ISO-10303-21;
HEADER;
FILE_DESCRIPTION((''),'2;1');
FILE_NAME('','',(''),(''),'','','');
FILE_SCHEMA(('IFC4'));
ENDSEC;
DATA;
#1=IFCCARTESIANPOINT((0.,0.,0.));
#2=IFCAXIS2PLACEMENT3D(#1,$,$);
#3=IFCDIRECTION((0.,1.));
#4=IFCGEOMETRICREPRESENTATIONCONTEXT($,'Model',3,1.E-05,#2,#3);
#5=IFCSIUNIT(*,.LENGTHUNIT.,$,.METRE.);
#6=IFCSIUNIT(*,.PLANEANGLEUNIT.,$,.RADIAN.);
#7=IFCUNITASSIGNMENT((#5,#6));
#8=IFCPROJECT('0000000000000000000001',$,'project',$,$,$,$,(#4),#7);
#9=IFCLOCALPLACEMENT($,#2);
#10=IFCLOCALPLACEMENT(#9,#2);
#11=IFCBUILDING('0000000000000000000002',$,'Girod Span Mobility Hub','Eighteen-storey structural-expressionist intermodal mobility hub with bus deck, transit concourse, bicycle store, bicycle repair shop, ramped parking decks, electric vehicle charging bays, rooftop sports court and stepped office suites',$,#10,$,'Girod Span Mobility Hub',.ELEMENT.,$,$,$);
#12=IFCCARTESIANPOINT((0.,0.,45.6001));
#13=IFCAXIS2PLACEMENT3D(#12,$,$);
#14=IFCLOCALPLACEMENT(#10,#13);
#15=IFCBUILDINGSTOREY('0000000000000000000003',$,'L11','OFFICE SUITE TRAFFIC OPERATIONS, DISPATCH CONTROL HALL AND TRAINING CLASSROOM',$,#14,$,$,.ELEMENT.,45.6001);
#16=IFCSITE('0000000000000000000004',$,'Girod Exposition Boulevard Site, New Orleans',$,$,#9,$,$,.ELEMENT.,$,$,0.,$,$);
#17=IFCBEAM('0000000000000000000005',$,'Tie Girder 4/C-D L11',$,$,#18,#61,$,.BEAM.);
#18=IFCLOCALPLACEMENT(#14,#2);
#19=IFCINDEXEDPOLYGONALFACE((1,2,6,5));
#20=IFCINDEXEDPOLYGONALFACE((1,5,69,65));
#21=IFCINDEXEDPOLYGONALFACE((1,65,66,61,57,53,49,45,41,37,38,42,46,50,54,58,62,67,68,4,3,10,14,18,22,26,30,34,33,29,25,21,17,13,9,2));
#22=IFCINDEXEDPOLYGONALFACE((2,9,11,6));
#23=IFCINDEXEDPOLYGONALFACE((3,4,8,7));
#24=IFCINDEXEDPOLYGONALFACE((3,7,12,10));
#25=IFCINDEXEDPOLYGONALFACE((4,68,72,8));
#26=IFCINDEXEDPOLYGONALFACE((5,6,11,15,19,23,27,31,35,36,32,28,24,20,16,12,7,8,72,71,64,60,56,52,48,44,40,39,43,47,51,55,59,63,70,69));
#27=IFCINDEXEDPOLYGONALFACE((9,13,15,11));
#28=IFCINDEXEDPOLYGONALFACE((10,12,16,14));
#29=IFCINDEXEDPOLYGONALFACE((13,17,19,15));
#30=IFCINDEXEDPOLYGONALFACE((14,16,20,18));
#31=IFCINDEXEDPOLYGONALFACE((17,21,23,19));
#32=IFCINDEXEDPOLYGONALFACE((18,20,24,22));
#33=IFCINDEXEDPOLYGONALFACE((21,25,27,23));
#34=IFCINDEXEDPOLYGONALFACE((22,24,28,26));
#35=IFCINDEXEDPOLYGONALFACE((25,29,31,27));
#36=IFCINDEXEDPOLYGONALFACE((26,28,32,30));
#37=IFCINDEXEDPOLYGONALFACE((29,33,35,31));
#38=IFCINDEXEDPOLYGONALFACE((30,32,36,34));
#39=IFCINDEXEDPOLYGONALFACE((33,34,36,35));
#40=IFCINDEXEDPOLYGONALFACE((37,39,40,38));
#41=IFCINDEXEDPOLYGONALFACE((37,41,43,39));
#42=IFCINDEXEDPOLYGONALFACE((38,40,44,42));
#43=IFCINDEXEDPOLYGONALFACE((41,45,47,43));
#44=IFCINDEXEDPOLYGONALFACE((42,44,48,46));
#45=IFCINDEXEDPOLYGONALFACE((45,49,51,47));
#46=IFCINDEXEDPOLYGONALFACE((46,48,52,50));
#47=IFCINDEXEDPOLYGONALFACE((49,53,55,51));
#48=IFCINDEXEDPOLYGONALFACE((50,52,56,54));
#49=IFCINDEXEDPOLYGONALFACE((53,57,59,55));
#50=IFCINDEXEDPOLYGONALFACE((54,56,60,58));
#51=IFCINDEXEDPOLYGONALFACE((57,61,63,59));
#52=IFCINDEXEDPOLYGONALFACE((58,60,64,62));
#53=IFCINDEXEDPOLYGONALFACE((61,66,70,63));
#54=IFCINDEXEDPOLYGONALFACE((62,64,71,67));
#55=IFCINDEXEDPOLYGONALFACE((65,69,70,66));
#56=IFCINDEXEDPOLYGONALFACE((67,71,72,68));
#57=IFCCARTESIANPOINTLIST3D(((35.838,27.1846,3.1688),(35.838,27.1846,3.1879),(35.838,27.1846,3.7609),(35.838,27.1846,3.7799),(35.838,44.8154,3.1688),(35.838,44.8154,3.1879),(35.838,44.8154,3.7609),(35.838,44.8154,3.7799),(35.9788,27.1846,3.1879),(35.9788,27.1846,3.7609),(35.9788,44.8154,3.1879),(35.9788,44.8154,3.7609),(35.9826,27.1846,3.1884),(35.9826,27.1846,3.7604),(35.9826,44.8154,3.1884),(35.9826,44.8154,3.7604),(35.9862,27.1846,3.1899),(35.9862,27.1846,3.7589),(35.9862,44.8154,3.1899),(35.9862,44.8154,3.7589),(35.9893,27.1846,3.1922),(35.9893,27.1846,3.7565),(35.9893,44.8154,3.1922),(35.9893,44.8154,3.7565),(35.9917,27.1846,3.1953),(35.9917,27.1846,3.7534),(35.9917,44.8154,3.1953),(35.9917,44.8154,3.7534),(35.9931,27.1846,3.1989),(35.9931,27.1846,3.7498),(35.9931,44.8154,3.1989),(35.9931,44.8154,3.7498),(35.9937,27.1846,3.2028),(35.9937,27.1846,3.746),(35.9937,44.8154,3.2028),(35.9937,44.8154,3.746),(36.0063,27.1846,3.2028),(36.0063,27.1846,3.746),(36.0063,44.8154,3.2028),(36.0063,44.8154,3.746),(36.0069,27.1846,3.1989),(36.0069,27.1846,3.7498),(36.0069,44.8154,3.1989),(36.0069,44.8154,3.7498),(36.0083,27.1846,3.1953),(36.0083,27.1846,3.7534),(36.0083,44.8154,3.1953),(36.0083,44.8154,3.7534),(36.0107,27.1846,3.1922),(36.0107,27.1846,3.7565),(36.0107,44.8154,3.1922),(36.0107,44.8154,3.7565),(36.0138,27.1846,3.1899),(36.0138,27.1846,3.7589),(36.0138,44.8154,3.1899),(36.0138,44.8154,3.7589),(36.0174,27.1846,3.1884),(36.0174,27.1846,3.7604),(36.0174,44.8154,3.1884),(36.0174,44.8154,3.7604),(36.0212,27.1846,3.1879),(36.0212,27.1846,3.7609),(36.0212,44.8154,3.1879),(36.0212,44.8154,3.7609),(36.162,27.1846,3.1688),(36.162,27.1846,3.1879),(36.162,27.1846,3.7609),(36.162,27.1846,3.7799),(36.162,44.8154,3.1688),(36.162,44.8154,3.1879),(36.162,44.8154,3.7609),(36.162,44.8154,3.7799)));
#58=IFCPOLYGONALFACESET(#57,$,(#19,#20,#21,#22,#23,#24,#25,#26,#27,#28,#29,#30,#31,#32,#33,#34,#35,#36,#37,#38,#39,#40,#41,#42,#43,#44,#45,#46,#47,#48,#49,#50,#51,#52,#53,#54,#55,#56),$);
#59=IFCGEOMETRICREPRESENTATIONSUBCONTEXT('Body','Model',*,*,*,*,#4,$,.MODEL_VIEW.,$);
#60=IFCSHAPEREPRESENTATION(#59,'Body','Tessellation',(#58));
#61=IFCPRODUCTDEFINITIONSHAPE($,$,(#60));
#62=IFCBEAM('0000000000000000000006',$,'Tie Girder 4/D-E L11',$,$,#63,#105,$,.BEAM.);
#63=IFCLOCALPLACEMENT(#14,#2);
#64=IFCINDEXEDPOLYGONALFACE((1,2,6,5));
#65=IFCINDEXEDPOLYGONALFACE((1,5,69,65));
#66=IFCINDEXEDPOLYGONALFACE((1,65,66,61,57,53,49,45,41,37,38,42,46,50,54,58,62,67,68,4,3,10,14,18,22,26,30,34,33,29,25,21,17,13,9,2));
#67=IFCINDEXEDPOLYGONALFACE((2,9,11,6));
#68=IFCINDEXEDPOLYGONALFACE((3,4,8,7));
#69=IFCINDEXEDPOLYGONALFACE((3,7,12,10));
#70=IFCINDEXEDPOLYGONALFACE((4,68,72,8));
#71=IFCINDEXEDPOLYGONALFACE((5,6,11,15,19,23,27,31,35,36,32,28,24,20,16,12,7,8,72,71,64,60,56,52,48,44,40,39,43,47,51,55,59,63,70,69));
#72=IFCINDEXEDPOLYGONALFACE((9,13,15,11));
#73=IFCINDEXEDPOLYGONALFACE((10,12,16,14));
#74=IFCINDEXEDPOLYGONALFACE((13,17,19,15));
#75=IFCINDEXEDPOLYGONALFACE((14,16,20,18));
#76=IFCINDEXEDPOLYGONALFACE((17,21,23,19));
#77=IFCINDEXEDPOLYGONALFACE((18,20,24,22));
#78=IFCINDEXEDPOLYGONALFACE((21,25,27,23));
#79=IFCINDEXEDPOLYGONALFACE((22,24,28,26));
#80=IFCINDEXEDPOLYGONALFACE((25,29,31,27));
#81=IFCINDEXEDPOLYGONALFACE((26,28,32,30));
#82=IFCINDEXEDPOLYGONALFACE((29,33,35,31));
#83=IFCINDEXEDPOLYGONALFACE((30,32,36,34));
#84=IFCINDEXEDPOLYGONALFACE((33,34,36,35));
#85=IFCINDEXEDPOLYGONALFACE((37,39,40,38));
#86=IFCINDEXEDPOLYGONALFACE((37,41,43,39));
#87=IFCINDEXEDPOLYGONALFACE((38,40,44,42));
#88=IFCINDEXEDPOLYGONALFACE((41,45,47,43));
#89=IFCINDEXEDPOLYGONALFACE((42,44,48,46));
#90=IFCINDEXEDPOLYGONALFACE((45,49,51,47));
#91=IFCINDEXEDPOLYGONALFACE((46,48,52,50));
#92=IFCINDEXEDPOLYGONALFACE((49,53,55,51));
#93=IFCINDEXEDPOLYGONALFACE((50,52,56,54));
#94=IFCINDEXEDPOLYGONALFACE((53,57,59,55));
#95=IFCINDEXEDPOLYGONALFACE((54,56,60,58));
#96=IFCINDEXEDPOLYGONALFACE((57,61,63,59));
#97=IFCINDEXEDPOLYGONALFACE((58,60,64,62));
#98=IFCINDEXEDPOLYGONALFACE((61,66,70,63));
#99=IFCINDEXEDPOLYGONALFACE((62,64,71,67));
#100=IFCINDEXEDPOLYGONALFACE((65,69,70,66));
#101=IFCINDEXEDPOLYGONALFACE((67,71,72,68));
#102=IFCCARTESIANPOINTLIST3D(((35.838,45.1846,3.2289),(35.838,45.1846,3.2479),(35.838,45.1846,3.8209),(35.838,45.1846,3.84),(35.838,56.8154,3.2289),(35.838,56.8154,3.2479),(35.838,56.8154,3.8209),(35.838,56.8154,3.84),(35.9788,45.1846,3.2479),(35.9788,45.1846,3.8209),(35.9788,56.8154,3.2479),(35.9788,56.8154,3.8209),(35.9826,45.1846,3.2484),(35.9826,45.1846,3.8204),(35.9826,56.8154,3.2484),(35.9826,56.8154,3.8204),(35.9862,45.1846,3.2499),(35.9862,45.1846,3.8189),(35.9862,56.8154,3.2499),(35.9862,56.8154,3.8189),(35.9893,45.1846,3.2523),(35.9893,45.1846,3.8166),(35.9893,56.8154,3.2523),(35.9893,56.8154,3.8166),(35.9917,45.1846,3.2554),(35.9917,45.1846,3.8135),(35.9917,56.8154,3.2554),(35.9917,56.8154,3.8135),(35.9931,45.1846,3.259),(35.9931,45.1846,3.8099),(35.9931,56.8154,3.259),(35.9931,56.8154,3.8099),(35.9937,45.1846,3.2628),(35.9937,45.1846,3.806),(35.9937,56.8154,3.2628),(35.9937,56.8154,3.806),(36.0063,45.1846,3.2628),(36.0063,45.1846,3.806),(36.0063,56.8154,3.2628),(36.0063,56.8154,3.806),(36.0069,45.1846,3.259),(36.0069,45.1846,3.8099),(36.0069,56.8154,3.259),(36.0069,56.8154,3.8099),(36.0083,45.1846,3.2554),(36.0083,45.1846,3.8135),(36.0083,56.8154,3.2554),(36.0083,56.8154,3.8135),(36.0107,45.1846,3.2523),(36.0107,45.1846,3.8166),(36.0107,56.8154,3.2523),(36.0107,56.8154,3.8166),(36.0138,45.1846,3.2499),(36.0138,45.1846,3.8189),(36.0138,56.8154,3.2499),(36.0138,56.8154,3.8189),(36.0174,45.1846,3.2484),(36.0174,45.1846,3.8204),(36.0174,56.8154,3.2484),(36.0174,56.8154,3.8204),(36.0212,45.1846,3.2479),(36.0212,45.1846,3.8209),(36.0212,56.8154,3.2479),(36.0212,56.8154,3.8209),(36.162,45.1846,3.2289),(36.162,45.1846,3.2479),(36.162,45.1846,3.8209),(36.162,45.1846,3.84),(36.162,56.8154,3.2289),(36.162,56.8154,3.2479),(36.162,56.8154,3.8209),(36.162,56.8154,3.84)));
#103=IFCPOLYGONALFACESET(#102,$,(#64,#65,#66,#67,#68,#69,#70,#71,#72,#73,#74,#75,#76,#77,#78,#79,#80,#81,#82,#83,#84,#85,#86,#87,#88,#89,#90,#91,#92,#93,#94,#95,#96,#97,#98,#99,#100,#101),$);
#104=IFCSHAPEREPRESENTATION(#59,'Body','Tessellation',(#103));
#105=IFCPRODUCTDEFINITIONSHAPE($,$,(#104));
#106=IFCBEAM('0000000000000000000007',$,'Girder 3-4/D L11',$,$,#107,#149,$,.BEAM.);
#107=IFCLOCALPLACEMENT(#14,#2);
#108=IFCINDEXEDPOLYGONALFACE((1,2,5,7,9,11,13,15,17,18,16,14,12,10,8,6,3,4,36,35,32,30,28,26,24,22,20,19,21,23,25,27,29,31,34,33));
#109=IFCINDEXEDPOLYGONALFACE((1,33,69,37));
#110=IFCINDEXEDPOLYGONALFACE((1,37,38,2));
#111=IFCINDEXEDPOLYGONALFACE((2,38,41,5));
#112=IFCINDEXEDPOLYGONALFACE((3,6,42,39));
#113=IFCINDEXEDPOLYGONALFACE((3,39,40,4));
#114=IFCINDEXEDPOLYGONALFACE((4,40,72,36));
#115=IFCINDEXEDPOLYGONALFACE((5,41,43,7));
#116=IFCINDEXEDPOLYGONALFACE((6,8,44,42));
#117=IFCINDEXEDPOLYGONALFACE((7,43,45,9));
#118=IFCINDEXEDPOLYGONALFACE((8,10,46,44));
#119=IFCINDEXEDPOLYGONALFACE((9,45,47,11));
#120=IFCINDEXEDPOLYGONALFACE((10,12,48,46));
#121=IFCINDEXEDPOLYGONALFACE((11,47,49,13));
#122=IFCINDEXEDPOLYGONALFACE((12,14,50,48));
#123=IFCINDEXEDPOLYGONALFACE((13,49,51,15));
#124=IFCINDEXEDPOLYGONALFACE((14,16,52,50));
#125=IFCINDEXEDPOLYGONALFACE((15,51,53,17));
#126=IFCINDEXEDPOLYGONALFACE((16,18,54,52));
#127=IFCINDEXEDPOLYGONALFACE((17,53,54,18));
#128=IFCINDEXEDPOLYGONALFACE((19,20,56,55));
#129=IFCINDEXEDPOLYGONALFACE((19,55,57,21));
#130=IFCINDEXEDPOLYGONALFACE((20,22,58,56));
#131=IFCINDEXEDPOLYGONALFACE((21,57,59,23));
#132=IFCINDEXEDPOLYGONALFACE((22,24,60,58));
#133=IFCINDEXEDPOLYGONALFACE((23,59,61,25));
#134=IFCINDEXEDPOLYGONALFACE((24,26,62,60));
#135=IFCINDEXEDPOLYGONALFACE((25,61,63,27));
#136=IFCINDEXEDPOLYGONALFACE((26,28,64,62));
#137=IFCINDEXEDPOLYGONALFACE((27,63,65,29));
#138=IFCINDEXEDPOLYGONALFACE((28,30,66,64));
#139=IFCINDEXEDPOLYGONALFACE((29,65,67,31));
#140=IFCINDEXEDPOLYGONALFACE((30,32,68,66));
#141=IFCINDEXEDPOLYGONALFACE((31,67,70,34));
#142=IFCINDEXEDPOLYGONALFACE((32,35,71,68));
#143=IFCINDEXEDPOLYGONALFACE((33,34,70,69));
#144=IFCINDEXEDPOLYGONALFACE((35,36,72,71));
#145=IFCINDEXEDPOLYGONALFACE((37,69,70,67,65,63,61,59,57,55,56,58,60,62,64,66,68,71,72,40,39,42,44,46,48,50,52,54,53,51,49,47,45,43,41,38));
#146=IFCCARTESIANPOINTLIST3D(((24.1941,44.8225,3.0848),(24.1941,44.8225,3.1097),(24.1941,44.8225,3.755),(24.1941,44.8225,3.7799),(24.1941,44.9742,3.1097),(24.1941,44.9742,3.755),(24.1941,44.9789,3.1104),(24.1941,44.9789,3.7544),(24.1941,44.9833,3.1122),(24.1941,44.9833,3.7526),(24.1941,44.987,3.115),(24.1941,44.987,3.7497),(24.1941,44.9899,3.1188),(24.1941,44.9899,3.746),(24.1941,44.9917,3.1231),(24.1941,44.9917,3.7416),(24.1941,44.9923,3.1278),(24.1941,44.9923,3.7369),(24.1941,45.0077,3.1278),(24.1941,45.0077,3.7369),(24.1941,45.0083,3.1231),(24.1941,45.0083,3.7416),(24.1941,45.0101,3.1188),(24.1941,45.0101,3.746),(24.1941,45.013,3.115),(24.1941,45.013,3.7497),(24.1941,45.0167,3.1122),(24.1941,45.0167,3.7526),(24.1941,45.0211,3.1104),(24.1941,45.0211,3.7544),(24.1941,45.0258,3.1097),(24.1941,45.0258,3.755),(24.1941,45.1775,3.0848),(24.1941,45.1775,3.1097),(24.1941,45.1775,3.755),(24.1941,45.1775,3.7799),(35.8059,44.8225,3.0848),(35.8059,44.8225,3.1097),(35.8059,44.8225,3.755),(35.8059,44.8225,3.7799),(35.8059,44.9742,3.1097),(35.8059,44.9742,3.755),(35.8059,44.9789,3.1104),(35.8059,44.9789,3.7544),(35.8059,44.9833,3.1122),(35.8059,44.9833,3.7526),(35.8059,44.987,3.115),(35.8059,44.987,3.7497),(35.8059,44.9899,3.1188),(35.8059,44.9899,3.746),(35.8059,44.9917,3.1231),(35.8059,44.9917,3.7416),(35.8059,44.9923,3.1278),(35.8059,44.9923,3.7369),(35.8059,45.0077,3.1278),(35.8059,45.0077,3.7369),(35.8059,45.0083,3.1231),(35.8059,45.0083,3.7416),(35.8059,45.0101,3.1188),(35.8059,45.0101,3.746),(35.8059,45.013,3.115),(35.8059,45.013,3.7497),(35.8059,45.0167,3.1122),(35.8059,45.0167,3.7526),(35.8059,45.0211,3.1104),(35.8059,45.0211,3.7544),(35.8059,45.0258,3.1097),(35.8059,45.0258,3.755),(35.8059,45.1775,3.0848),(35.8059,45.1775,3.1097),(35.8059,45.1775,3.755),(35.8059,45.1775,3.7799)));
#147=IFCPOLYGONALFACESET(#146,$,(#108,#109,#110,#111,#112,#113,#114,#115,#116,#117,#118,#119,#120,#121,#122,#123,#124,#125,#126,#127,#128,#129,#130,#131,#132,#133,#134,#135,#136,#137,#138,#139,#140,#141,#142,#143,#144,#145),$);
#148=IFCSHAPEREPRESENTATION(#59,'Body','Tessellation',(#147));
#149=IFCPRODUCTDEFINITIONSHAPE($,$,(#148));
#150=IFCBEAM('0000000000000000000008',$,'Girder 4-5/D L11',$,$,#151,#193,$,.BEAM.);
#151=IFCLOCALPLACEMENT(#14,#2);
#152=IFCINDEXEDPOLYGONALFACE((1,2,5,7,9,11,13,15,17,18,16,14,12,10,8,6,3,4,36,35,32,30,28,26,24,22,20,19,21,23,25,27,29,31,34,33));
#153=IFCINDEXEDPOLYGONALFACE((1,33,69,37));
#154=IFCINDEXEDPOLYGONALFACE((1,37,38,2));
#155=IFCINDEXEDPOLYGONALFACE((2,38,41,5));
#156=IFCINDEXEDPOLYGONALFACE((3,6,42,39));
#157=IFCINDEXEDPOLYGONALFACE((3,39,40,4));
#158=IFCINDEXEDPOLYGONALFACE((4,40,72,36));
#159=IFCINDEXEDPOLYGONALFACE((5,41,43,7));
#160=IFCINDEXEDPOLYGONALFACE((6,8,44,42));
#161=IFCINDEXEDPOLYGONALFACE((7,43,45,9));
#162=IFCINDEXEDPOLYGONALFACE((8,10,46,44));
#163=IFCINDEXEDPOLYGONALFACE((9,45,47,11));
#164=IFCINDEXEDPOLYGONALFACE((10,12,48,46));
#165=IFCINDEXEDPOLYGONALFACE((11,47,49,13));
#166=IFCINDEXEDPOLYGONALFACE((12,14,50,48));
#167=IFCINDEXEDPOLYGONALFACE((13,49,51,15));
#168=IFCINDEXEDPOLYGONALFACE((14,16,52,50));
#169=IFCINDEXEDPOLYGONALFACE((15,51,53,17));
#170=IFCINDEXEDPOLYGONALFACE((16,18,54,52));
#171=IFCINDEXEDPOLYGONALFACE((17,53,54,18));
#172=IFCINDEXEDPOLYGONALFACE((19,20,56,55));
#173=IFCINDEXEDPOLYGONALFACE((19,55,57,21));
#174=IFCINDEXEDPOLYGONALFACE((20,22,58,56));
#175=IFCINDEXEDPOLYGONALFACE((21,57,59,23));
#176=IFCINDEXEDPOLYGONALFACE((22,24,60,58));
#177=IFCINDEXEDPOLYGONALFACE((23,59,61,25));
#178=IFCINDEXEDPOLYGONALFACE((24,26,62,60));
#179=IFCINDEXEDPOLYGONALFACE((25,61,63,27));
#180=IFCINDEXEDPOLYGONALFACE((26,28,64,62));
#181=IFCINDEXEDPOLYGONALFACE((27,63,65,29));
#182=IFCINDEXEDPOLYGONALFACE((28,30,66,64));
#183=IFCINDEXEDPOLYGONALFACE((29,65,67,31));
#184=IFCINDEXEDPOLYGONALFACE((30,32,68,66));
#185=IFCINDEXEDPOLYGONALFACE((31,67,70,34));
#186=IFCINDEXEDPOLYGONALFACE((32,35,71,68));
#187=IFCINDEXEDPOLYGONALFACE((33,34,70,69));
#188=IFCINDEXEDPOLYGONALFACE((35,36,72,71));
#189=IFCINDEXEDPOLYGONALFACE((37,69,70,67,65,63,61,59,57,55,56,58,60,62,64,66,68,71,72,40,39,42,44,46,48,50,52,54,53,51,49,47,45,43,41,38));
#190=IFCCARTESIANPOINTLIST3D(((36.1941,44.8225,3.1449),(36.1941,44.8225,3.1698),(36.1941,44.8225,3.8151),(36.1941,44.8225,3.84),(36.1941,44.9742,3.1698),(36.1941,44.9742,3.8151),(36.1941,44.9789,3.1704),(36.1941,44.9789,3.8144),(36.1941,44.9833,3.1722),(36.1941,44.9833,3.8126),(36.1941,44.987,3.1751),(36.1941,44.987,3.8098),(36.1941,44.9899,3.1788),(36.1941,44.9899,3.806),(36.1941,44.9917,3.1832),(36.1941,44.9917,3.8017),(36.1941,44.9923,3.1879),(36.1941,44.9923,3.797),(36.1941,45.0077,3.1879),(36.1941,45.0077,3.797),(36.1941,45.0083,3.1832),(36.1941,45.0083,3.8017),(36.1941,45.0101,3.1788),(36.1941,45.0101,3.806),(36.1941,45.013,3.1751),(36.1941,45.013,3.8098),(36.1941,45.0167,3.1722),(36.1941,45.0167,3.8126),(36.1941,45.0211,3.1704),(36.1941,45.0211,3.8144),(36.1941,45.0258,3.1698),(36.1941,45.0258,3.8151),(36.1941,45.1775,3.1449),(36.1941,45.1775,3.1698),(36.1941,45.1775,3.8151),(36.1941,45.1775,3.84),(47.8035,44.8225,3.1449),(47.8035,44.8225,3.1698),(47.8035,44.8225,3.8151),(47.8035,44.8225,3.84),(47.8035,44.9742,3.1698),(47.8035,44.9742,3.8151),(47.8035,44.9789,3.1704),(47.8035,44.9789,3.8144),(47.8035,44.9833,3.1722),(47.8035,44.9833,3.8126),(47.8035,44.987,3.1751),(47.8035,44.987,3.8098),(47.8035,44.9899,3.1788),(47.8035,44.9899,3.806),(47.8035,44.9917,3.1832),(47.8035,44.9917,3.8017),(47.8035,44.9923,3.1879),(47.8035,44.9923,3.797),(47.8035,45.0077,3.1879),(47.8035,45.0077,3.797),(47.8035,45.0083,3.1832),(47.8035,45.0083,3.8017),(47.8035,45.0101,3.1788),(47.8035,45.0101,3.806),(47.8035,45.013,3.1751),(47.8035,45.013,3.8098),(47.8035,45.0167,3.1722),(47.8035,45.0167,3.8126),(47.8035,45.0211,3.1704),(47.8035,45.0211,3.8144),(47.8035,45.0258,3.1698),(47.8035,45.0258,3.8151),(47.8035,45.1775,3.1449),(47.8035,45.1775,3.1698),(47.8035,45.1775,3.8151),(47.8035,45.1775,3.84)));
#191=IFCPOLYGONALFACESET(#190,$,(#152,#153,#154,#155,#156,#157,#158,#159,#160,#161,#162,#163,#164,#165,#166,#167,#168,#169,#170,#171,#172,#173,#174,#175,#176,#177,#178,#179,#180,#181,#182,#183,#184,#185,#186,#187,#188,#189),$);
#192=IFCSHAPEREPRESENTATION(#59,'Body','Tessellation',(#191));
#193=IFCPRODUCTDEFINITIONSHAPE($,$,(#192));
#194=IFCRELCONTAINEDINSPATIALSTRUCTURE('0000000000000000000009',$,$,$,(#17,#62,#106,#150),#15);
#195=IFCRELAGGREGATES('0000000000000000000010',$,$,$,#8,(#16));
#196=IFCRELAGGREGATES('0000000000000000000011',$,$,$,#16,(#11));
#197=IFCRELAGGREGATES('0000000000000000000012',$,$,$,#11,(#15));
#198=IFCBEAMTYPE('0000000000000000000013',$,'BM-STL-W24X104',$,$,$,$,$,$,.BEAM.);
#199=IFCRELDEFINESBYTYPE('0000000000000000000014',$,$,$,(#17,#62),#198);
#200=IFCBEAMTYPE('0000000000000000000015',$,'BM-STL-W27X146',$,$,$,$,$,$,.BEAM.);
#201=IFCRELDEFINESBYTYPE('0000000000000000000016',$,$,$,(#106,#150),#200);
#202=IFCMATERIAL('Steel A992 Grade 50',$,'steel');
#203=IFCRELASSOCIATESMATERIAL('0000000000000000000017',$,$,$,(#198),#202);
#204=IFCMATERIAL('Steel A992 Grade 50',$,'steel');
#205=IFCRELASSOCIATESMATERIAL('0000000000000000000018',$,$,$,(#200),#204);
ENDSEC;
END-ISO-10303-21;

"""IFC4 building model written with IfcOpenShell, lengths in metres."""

from ifc_helpers import new_model, si_unit, direction, frame, origin, origin_2d, place, context, subcontext, project, spatial, i_section, extrude, material, material_profile, profile_set, type_object, element, save


model = new_model("IFC4")

# Units and contexts
model_context = context("Model", 3, precision=1e-05, world=origin(), true_north=direction((0.0, 1.0)))
body_context = subcontext(model_context, "Body", "Model", "MODEL_VIEW")
ifc_project = project(units=[si_unit("LENGTHUNIT", "METRE"), si_unit("PLANEANGLEUNIT", "RADIAN")], contexts=[model_context])

# Site, building, storey
site_placement = place(None, origin())
site = spatial("IfcSite", under=ifc_project, at=site_placement, Name="Girod Exposition Boulevard Site, New Orleans", CompositionType="ELEMENT", RefElevation=0.0)
building_placement = place(site_placement, origin())
building = spatial("IfcBuilding", under=site, at=building_placement, Name="Girod Span Mobility Hub", Description="Eighteen-storey structural-expressionist intermodal mobility hub with bus deck, transit concourse, bicycle store, bicycle repair shop, ramped parking decks, electric vehicle charging bays, rooftop sports court and stepped office suites", LongName="Girod Span Mobility Hub", CompositionType="ELEMENT")
storey_placement = place(building_placement, frame((0.0, 0.0, 45.6001)))
storey = spatial("IfcBuildingStorey", under=building, at=storey_placement, Name="L11", Description="OFFICE SUITE TRAFFIC OPERATIONS, DISPATCH CONTROL HALL AND TRAINING CLASSROOM", CompositionType="ELEMENT", Elevation=45.6001)

# Beams
ifc_material_1 = material(Name="Steel A992 Grade 50", Category="steel")
ifc_material_profile_1 = material_profile(ifc_material_1, i_section(OverallWidth=0.324, OverallDepth=0.6111, WebThickness=0.0127, FlangeThickness=0.019, FilletRadius=0.0149, at=origin_2d()), Name="W24X104")
ifc_profile_set_1 = profile_set([ifc_material_profile_1], Name="Steel A992 Grade 50")
beam_type_1 = type_object("IfcBeamType", Name="BM-STL-W24X104", PredefinedType="BEAM", material=ifc_profile_set_1)
beam_1_placement = place(storey_placement, frame((36.0, 27.1846, 3.4744), z_axis=(0.0, 1.0, 0.0), x_axis=(-1.0, 0.0, 0.0)))
element("IfcBeam", 1, at=beam_1_placement, inside=storey, type_object=beam_type_1, Name="Tie Girder 4/C-D L11", PredefinedType="BEAM", context=body_context, shape_type="SweptSolid", body=[
    extrude(i_section(OverallWidth=0.324, OverallDepth=0.6111, WebThickness=0.0127, FlangeThickness=0.019, FilletRadius=0.0149, at=origin_2d()), origin(), (0.0, 0.0, 1.0), 17.6309),
])
beam_2_placement = place(storey_placement, frame((36.0, 45.1846, 3.5344), z_axis=(0.0, 1.0, 0.0), x_axis=(-1.0, 0.0, 0.0)))
element("IfcBeam", 2, at=beam_2_placement, inside=storey, type_object=beam_type_1, Name="Tie Girder 4/D-E L11", PredefinedType="BEAM", context=body_context, shape_type="SweptSolid", body=[
    extrude(i_section(OverallWidth=0.324, OverallDepth=0.6111, WebThickness=0.0127, FlangeThickness=0.019, FilletRadius=0.0149, at=origin_2d()), origin(), (0.0, 0.0, 1.0), 11.6309),
])
ifc_material_2 = material(Name="Steel A992 Grade 50", Category="steel")
ifc_material_profile_2 = material_profile(ifc_material_2, i_section(OverallWidth=0.355, OverallDepth=0.6951, WebThickness=0.0154, FlangeThickness=0.0249, FilletRadius=0.0181, at=origin_2d()), Name="W27X146")
ifc_profile_set_2 = profile_set([ifc_material_profile_2], Name="Steel A992 Grade 50")
beam_type_2 = type_object("IfcBeamType", Name="BM-STL-W27X146", PredefinedType="BEAM", material=ifc_profile_set_2)
beam_3_placement = place(storey_placement, frame((24.1941, 45.0, 3.4324), z_axis=(1.0, 0.0, 0.0), x_axis=(0.0, 1.0, 0.0)))
element("IfcBeam", 3, at=beam_3_placement, inside=storey, type_object=beam_type_2, Name="Girder 3-4/D L11", PredefinedType="BEAM", context=body_context, shape_type="SweptSolid", body=[
    extrude(i_section(OverallWidth=0.355, OverallDepth=0.6951, WebThickness=0.0154, FlangeThickness=0.0249, FilletRadius=0.0181, at=origin_2d()), origin(), (0.0, 0.0, 1.0), 11.6118),
])
beam_4_placement = place(storey_placement, frame((36.1941, 45.0, 3.4924), z_axis=(1.0, 0.0, 0.0), x_axis=(0.0, 1.0, 0.0)))
element("IfcBeam", 4, at=beam_4_placement, inside=storey, type_object=beam_type_2, Name="Girder 4-5/D L11", PredefinedType="BEAM", context=body_context, shape_type="SweptSolid", body=[
    extrude(i_section(OverallWidth=0.355, OverallDepth=0.6951, WebThickness=0.0154, FlangeThickness=0.0249, FilletRadius=0.0181, at=origin_2d()), origin(), (0.0, 0.0, 1.0), 11.6094),
])

save(model, "model.ifc")
